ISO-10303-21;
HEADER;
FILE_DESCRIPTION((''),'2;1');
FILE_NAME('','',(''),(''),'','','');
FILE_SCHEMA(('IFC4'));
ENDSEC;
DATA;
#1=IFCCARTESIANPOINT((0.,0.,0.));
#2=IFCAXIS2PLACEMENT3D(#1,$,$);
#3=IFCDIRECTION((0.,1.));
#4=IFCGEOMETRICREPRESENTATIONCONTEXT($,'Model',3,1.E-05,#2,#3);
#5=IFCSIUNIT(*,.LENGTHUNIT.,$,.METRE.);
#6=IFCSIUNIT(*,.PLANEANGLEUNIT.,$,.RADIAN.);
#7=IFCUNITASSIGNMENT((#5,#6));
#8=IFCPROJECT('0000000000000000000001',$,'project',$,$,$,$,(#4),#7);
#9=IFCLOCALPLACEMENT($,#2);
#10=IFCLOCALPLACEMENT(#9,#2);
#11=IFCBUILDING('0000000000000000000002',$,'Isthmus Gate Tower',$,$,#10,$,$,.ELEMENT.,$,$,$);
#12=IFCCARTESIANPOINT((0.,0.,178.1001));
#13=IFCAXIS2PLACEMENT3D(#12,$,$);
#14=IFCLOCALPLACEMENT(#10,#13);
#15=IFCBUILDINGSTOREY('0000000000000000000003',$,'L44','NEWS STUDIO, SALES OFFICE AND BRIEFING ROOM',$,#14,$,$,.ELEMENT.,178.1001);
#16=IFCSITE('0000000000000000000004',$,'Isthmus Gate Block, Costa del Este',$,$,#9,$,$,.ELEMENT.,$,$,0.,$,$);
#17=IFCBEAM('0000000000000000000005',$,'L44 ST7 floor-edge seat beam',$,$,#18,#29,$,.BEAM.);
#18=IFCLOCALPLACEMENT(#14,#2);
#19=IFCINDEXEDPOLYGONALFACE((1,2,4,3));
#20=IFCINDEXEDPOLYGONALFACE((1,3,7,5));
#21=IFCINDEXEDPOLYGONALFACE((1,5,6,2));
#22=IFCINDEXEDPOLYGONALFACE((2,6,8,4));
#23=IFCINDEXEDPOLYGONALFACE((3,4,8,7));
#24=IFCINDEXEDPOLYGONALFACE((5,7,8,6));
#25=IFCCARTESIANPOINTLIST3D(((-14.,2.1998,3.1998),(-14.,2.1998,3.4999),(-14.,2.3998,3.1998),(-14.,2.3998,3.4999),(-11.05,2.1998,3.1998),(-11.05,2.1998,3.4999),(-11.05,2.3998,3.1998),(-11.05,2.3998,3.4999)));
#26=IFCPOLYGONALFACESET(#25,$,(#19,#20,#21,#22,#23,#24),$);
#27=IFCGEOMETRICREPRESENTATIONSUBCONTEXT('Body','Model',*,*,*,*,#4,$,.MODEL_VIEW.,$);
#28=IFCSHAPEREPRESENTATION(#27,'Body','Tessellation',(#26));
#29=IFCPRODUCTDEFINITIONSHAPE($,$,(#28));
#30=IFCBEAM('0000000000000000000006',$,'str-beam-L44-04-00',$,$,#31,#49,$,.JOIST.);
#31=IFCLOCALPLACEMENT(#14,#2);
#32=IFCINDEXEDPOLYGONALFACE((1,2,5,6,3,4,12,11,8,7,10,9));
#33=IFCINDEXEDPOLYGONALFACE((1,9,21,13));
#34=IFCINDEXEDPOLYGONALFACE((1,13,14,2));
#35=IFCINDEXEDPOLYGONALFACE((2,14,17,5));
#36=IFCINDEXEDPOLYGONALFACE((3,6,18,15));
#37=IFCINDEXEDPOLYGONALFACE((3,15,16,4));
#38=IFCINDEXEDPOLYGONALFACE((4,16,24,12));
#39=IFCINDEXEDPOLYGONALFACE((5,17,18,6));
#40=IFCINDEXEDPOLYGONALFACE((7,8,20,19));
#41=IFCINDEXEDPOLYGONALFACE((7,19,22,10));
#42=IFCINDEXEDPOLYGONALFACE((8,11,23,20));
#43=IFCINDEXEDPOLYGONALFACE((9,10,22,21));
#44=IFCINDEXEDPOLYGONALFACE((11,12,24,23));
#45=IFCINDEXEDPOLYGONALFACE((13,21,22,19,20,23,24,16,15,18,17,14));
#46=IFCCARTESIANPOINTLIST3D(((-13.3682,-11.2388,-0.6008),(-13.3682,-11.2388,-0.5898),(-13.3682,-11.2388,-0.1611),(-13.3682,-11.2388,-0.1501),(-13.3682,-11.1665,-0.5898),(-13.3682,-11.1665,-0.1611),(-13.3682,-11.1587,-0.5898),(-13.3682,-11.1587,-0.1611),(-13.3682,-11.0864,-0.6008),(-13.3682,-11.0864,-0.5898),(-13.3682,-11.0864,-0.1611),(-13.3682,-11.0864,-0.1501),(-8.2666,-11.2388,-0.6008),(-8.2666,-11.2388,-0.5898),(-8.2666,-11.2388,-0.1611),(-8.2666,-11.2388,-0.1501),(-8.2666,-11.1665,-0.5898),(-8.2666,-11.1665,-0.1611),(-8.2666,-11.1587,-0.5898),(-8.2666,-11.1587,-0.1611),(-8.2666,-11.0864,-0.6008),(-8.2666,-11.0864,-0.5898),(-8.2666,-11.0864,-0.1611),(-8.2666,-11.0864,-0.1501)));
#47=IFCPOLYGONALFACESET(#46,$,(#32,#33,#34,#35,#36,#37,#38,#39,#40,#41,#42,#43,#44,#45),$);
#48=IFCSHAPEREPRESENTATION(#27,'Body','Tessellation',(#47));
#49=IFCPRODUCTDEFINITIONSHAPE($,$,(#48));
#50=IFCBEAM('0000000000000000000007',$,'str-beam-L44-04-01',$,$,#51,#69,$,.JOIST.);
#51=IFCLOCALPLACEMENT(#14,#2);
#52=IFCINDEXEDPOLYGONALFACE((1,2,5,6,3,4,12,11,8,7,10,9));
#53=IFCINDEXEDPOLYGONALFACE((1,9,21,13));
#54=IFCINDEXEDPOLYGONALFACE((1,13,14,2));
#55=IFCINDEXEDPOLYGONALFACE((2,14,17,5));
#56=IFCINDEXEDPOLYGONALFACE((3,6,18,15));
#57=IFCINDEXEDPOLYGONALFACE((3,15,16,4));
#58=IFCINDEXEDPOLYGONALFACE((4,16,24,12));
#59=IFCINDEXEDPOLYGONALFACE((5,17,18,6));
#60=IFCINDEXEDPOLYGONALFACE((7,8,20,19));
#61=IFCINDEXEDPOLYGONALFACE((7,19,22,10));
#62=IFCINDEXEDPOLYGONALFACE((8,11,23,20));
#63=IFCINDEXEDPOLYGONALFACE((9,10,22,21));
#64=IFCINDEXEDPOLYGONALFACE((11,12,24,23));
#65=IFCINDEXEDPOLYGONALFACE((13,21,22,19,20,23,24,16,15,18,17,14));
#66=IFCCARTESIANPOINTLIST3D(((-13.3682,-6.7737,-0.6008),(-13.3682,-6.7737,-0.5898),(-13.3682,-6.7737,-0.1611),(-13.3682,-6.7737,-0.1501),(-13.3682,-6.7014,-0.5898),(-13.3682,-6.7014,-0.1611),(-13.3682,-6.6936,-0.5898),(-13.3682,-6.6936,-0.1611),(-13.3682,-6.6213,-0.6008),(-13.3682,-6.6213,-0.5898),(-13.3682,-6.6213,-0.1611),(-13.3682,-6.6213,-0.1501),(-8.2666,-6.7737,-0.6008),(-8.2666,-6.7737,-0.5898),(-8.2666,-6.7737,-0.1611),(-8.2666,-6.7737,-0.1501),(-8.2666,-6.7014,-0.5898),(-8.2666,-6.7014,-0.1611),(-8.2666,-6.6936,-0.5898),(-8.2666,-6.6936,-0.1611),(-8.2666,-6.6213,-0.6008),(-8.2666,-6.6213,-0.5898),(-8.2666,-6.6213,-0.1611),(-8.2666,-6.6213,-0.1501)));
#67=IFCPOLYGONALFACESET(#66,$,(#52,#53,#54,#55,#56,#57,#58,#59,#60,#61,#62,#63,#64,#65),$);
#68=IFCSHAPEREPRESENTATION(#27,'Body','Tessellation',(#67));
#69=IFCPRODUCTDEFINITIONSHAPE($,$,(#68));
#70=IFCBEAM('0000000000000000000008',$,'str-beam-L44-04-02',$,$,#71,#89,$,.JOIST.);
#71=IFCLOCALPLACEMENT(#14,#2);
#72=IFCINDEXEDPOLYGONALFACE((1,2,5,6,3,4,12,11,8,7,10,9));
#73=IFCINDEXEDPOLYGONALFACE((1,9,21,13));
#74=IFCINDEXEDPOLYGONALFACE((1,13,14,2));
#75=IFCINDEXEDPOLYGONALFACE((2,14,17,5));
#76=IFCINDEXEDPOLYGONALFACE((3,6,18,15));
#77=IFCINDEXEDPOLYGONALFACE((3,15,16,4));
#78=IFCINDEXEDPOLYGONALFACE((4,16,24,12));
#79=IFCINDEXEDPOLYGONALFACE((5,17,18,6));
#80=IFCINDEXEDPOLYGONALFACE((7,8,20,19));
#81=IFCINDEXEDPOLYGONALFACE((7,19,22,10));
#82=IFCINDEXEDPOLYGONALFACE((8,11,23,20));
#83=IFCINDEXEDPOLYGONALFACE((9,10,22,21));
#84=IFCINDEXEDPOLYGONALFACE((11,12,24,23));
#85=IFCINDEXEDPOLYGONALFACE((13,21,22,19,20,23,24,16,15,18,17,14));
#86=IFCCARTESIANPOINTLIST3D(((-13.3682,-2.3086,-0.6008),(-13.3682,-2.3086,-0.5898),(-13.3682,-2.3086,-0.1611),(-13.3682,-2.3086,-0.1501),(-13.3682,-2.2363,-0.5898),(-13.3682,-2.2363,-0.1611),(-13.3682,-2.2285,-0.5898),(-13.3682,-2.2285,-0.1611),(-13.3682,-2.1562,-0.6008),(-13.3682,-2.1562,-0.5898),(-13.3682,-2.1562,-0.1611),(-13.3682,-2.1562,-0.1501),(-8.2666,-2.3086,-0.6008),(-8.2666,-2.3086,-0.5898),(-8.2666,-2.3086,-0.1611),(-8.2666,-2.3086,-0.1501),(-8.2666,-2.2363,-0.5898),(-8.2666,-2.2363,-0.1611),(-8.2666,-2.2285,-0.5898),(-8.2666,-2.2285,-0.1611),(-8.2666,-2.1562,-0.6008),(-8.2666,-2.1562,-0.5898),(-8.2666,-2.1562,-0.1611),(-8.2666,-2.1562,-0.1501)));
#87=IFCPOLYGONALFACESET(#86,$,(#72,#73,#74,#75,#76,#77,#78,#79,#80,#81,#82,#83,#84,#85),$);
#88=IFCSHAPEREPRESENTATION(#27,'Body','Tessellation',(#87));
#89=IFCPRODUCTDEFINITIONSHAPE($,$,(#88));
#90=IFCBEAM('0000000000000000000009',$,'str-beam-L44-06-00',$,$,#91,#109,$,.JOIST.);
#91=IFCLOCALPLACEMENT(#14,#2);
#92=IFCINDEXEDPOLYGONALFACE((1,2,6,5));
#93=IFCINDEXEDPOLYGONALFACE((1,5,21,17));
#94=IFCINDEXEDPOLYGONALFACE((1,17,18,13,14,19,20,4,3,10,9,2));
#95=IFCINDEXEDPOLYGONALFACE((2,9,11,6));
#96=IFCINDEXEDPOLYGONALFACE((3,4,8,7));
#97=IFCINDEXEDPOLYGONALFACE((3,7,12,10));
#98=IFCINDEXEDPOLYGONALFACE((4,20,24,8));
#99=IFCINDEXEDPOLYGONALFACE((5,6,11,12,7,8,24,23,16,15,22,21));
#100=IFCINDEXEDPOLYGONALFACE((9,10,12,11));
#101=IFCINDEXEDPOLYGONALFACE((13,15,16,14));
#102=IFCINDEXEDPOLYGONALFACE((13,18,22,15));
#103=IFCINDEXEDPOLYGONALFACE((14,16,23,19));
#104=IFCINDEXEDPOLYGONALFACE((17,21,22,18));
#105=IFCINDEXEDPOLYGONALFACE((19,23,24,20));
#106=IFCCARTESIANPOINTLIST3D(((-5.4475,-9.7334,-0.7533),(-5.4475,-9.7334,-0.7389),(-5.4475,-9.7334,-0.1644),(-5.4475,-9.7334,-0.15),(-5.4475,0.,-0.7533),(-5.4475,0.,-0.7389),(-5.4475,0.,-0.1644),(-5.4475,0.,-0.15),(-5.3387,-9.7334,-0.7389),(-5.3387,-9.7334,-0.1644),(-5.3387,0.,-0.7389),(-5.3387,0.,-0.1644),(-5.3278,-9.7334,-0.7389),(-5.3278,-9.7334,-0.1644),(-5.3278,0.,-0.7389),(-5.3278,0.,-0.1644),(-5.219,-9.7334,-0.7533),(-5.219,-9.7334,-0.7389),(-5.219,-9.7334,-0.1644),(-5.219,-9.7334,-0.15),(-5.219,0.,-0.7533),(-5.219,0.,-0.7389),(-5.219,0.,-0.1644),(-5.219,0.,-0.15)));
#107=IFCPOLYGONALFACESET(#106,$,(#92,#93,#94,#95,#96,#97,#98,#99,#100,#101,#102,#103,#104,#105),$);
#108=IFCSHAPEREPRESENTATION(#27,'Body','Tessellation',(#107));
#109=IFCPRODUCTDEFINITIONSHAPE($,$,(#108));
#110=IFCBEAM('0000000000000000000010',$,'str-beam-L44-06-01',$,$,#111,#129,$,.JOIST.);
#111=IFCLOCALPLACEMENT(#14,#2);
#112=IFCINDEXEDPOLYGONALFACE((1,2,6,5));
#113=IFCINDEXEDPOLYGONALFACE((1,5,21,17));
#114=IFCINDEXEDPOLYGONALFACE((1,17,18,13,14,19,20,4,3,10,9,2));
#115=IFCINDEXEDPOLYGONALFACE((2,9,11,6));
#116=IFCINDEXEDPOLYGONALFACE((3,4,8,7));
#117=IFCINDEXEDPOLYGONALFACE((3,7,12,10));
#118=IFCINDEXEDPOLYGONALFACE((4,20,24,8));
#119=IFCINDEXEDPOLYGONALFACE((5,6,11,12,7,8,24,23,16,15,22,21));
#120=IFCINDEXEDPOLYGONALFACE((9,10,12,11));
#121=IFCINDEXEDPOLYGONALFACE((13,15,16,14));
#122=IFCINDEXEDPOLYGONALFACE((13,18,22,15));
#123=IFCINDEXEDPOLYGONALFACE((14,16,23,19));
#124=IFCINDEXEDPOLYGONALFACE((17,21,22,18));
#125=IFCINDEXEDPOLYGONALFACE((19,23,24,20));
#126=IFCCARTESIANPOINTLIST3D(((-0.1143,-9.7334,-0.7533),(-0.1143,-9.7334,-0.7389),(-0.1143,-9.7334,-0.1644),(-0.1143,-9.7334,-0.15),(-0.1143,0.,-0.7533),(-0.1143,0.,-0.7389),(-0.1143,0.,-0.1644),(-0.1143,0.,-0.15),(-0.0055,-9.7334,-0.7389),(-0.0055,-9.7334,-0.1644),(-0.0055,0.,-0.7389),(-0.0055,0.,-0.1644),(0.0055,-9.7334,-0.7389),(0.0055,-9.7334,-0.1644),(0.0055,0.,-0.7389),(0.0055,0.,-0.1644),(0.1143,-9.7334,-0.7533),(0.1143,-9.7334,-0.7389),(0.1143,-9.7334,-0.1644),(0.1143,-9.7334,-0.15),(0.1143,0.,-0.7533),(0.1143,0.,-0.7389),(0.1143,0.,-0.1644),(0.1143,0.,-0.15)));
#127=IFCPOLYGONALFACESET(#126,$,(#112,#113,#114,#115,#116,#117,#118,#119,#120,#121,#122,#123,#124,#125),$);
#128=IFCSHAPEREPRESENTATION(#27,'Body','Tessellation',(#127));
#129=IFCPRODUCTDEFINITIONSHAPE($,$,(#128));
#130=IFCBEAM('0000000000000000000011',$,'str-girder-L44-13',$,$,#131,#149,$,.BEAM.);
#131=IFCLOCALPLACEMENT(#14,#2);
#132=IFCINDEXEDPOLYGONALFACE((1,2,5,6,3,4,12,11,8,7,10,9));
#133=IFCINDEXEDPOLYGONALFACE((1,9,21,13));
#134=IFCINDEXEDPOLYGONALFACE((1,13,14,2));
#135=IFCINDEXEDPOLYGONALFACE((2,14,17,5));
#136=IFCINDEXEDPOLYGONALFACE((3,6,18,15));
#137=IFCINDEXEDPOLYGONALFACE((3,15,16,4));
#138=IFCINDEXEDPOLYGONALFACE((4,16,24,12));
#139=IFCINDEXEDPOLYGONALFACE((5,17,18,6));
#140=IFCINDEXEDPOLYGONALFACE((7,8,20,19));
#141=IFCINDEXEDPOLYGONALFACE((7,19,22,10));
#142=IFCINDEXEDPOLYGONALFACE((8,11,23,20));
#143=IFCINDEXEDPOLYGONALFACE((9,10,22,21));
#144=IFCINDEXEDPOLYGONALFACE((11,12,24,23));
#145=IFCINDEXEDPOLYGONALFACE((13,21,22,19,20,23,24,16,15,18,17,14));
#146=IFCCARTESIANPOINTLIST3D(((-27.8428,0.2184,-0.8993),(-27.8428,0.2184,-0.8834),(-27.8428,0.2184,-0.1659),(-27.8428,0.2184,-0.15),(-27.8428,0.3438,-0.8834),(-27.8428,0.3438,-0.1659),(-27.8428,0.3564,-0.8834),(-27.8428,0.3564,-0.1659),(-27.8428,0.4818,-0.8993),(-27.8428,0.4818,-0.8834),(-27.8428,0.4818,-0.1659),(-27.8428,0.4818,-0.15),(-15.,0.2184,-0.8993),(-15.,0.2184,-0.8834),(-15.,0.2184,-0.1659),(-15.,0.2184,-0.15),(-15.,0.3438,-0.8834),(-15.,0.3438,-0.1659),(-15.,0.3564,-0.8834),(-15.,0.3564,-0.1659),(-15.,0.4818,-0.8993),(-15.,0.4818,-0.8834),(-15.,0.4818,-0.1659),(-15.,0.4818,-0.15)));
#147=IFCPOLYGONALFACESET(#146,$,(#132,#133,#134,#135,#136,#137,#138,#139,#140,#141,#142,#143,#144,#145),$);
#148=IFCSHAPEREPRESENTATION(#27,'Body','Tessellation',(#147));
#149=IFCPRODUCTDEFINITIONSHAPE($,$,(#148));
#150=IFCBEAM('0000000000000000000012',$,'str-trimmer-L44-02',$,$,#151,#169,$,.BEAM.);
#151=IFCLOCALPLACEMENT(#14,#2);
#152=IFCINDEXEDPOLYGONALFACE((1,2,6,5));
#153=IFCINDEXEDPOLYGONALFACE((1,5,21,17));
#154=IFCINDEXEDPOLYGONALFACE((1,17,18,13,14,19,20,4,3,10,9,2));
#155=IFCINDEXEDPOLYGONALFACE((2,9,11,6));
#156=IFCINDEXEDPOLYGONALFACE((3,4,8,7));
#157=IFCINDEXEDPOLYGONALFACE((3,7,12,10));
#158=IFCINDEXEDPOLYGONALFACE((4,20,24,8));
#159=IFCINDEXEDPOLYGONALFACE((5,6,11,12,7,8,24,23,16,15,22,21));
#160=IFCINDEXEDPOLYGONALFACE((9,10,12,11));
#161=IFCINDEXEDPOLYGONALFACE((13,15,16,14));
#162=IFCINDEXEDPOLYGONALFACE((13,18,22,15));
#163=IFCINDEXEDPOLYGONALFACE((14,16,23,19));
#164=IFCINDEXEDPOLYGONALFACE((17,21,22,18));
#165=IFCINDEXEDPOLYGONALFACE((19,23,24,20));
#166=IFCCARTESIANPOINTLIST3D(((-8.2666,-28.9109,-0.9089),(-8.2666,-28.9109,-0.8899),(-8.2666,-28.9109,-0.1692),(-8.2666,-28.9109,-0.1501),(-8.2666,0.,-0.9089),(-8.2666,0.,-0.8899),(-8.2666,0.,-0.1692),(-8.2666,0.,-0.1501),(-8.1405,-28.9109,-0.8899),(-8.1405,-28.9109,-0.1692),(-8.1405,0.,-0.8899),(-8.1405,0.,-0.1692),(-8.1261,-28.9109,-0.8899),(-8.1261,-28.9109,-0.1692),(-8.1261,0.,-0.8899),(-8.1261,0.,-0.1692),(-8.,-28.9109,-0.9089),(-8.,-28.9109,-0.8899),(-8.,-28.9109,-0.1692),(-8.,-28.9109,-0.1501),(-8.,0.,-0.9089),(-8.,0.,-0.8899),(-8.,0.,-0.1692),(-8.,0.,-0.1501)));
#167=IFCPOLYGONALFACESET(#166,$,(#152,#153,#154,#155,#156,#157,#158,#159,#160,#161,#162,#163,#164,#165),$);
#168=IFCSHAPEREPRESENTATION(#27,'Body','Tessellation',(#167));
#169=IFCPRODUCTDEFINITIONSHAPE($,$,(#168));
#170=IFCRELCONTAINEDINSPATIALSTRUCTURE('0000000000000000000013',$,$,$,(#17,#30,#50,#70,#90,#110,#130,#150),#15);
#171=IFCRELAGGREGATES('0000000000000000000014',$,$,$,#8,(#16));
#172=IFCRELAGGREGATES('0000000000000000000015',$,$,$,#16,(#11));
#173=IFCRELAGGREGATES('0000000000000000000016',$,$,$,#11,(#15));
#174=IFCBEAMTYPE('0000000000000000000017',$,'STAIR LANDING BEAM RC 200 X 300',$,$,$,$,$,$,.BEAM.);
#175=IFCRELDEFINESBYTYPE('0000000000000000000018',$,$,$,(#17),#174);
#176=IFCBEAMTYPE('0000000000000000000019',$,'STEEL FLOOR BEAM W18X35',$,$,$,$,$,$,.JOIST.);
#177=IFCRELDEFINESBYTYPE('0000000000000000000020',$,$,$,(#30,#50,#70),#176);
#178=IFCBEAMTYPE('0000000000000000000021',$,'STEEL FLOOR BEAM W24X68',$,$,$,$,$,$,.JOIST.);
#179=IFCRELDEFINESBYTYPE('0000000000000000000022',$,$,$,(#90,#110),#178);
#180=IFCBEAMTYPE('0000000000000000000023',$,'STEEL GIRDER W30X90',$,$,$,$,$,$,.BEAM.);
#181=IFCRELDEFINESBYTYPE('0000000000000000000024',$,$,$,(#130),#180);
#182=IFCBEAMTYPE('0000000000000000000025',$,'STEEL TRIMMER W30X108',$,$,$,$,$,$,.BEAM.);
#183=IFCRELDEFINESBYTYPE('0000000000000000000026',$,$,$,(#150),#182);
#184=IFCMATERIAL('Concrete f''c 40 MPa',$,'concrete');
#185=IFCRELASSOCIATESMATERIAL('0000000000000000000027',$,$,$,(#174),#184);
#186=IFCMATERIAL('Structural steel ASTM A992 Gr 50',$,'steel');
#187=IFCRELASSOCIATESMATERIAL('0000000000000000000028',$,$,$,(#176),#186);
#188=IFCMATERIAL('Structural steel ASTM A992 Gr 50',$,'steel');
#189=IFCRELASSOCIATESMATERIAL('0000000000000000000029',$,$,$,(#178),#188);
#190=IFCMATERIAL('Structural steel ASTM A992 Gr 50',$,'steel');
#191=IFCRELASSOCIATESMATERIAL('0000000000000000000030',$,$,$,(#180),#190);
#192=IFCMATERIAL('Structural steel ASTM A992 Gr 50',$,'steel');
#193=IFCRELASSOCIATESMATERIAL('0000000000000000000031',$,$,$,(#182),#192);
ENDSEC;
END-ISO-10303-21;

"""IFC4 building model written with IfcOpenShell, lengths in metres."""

from ifc_helpers import new_model, si_unit, direction, frame, origin, origin_2d, place, context, subcontext, project, spatial, rectangle, i_section, extrude, material, material_profile, profile_set, type_object, element, save


model = new_model("IFC4")

# Units and contexts
model_context = context("Model", 3, precision=1e-05, world=origin(), true_north=direction((0.0, 1.0)))
body_context = subcontext(model_context, "Body", "Model", "MODEL_VIEW")
ifc_project = project(units=[si_unit("LENGTHUNIT", "METRE"), si_unit("PLANEANGLEUNIT", "RADIAN")], contexts=[model_context])

# Site, building, storey
site_placement = place(None, origin())
site = spatial("IfcSite", under=ifc_project, at=site_placement, Name="Isthmus Gate Block, Costa del Este", CompositionType="ELEMENT", RefElevation=0.0)
building_placement = place(site_placement, origin())
building = spatial("IfcBuilding", under=site, at=building_placement, Name="Isthmus Gate Tower", CompositionType="ELEMENT")
storey_placement = place(building_placement, frame((0.0, 0.0, 178.1001)))
storey = spatial("IfcBuildingStorey", under=building, at=storey_placement, Name="L44", Description="NEWS STUDIO, SALES OFFICE AND BRIEFING ROOM", CompositionType="ELEMENT", Elevation=178.1001)

# Beams
ifc_material_1 = material(Name="Concrete f'c 40 MPa", Category="concrete")
ifc_material_profile_1 = material_profile(ifc_material_1, rectangle(XDim=0.2, YDim=0.3, at=origin_2d()), Name="STAIR LANDING BEAM RC 200 X 300")
ifc_profile_set_1 = profile_set([ifc_material_profile_1], Name="Concrete f'c 40 MPa")
beam_type_1 = type_object("IfcBeamType", Name="STAIR LANDING BEAM RC 200 X 300", PredefinedType="BEAM", material=ifc_profile_set_1)
beam_1_placement = place(storey_placement, frame((-14.0, 2.2998, 3.3499), z_axis=(1.0, 0.0, 0.0), x_axis=(0.0, 1.0, 0.0)))
element("IfcBeam", 1, at=beam_1_placement, inside=storey, type_object=beam_type_1, Name="L44 ST7 floor-edge seat beam", PredefinedType="BEAM", context=body_context, shape_type="SweptSolid", body=[
    extrude(rectangle(XDim=0.2, YDim=0.3, at=origin_2d()), origin(), (0.0, 0.0, 1.0), 2.95),
])
ifc_material_2 = material(Name="Structural steel ASTM A992 Gr 50", Category="steel")
ifc_material_profile_2 = material_profile(ifc_material_2, i_section(OverallWidth=0.1523, OverallDepth=0.4507, WebThickness=0.0078, FlangeThickness=0.011, at=origin_2d()), Name="W18X35")
ifc_profile_set_2 = profile_set([ifc_material_profile_2], Name="Structural steel ASTM A992 Gr 50")
beam_type_2 = type_object("IfcBeamType", Name="STEEL FLOOR BEAM W18X35", PredefinedType="JOIST", material=ifc_profile_set_2)
for number, where, z_axis, x_axis, name in (
    (2, (-13.3682, -11.1626, -0.3755), (1.0, 0.0, 0.0), (0.0, 1.0, 0.0), "str-beam-L44-04-00"),
    (3, (-13.3682, -6.6975, -0.3755), (1.0, 0.0, 0.0), (0.0, 1.0, 0.0), "str-beam-L44-04-01"),
    (4, (-13.3682, -2.2324, -0.3755), (1.0, 0.0, 0.0), (0.0, 1.0, 0.0), "str-beam-L44-04-02"),
):
    element("IfcBeam", number, at=place(storey_placement, frame(where, z_axis=z_axis, x_axis=x_axis)), inside=storey, type_object=beam_type_2, Name=name, PredefinedType="JOIST", context=body_context, shape_type="SweptSolid", body=[
        extrude(i_section(OverallWidth=0.1523, OverallDepth=0.4507, WebThickness=0.0078, FlangeThickness=0.011, at=origin_2d()), origin(), (0.0, 0.0, 1.0), 5.1016),
    ])
ifc_material_3 = material(Name="Structural steel ASTM A992 Gr 50", Category="steel")
ifc_material_profile_3 = material_profile(ifc_material_3, i_section(OverallWidth=0.2285, OverallDepth=0.6033, WebThickness=0.011, FlangeThickness=0.0144, at=origin_2d()), Name="W24X68")
ifc_profile_set_3 = profile_set([ifc_material_profile_3], Name="Structural steel ASTM A992 Gr 50")
beam_type_3 = type_object("IfcBeamType", Name="STEEL FLOOR BEAM W24X68", PredefinedType="JOIST", material=ifc_profile_set_3)
for number, where, z_axis, x_axis, name in (
    (5, (-5.3333, -9.7334, -0.4517), (0.0, 1.0, 0.0), (-1.0, 0.0, 0.0), "str-beam-L44-06-00"),
    (6, (0.0, -9.7334, -0.4517), (0.0, 1.0, 0.0), (-1.0, 0.0, 0.0), "str-beam-L44-06-01"),
):
    element("IfcBeam", number, at=place(storey_placement, frame(where, z_axis=z_axis, x_axis=x_axis)), inside=storey, type_object=beam_type_3, Name=name, PredefinedType="JOIST", context=body_context, shape_type="SweptSolid", body=[
        extrude(i_section(OverallWidth=0.2285, OverallDepth=0.6033, WebThickness=0.011, FlangeThickness=0.0144, at=origin_2d()), origin(), (0.0, 0.0, 1.0), 9.7334),
    ])
ifc_material_4 = material(Name="Structural steel ASTM A992 Gr 50", Category="steel")
ifc_material_profile_4 = material_profile(ifc_material_4, i_section(OverallWidth=0.2634, OverallDepth=0.7493, WebThickness=0.0127, FlangeThickness=0.0159, at=origin_2d()), Name="W30X90")
ifc_profile_set_4 = profile_set([ifc_material_profile_4], Name="Structural steel ASTM A992 Gr 50")
beam_type_4 = type_object("IfcBeamType", Name="STEEL GIRDER W30X90", PredefinedType="BEAM", material=ifc_profile_set_4)
beam_2_placement = place(storey_placement, frame((-15.0, 0.3501, -0.5247), z_axis=(-1.0, 0.0, 0.0), x_axis=(0.0, -1.0, 0.0)))
element("IfcBeam", 7, at=beam_2_placement, inside=storey, type_object=beam_type_4, Name="str-girder-L44-13", PredefinedType="BEAM", context=body_context, shape_type="SweptSolid", body=[
    extrude(i_section(OverallWidth=0.2634, OverallDepth=0.7493, WebThickness=0.0127, FlangeThickness=0.0159, at=origin_2d()), origin(), (0.0, 0.0, 1.0), 12.8428),
])
ifc_material_5 = material(Name="Structural steel ASTM A992 Gr 50", Category="steel")
ifc_material_profile_5 = material_profile(ifc_material_5, i_section(OverallWidth=0.2666, OverallDepth=0.7588, WebThickness=0.0144, FlangeThickness=0.019, at=origin_2d()), Name="W30X108")
ifc_profile_set_5 = profile_set([ifc_material_profile_5], Name="Structural steel ASTM A992 Gr 50")
beam_type_5 = type_object("IfcBeamType", Name="STEEL TRIMMER W30X108", PredefinedType="BEAM", material=ifc_profile_set_5)
beam_3_placement = place(storey_placement, frame((-8.1333, 0.0, -0.5295), z_axis=(0.0, -1.0, 0.0), x_axis=(1.0, 0.0, 0.0)))
element("IfcBeam", 8, at=beam_3_placement, inside=storey, type_object=beam_type_5, Name="str-trimmer-L44-02", PredefinedType="BEAM", context=body_context, shape_type="SweptSolid", body=[
    extrude(i_section(OverallWidth=0.2666, OverallDepth=0.7588, WebThickness=0.0144, FlangeThickness=0.019, at=origin_2d()), origin(), (0.0, 0.0, 1.0), 28.9109),
])

save(model, "model.ifc")
